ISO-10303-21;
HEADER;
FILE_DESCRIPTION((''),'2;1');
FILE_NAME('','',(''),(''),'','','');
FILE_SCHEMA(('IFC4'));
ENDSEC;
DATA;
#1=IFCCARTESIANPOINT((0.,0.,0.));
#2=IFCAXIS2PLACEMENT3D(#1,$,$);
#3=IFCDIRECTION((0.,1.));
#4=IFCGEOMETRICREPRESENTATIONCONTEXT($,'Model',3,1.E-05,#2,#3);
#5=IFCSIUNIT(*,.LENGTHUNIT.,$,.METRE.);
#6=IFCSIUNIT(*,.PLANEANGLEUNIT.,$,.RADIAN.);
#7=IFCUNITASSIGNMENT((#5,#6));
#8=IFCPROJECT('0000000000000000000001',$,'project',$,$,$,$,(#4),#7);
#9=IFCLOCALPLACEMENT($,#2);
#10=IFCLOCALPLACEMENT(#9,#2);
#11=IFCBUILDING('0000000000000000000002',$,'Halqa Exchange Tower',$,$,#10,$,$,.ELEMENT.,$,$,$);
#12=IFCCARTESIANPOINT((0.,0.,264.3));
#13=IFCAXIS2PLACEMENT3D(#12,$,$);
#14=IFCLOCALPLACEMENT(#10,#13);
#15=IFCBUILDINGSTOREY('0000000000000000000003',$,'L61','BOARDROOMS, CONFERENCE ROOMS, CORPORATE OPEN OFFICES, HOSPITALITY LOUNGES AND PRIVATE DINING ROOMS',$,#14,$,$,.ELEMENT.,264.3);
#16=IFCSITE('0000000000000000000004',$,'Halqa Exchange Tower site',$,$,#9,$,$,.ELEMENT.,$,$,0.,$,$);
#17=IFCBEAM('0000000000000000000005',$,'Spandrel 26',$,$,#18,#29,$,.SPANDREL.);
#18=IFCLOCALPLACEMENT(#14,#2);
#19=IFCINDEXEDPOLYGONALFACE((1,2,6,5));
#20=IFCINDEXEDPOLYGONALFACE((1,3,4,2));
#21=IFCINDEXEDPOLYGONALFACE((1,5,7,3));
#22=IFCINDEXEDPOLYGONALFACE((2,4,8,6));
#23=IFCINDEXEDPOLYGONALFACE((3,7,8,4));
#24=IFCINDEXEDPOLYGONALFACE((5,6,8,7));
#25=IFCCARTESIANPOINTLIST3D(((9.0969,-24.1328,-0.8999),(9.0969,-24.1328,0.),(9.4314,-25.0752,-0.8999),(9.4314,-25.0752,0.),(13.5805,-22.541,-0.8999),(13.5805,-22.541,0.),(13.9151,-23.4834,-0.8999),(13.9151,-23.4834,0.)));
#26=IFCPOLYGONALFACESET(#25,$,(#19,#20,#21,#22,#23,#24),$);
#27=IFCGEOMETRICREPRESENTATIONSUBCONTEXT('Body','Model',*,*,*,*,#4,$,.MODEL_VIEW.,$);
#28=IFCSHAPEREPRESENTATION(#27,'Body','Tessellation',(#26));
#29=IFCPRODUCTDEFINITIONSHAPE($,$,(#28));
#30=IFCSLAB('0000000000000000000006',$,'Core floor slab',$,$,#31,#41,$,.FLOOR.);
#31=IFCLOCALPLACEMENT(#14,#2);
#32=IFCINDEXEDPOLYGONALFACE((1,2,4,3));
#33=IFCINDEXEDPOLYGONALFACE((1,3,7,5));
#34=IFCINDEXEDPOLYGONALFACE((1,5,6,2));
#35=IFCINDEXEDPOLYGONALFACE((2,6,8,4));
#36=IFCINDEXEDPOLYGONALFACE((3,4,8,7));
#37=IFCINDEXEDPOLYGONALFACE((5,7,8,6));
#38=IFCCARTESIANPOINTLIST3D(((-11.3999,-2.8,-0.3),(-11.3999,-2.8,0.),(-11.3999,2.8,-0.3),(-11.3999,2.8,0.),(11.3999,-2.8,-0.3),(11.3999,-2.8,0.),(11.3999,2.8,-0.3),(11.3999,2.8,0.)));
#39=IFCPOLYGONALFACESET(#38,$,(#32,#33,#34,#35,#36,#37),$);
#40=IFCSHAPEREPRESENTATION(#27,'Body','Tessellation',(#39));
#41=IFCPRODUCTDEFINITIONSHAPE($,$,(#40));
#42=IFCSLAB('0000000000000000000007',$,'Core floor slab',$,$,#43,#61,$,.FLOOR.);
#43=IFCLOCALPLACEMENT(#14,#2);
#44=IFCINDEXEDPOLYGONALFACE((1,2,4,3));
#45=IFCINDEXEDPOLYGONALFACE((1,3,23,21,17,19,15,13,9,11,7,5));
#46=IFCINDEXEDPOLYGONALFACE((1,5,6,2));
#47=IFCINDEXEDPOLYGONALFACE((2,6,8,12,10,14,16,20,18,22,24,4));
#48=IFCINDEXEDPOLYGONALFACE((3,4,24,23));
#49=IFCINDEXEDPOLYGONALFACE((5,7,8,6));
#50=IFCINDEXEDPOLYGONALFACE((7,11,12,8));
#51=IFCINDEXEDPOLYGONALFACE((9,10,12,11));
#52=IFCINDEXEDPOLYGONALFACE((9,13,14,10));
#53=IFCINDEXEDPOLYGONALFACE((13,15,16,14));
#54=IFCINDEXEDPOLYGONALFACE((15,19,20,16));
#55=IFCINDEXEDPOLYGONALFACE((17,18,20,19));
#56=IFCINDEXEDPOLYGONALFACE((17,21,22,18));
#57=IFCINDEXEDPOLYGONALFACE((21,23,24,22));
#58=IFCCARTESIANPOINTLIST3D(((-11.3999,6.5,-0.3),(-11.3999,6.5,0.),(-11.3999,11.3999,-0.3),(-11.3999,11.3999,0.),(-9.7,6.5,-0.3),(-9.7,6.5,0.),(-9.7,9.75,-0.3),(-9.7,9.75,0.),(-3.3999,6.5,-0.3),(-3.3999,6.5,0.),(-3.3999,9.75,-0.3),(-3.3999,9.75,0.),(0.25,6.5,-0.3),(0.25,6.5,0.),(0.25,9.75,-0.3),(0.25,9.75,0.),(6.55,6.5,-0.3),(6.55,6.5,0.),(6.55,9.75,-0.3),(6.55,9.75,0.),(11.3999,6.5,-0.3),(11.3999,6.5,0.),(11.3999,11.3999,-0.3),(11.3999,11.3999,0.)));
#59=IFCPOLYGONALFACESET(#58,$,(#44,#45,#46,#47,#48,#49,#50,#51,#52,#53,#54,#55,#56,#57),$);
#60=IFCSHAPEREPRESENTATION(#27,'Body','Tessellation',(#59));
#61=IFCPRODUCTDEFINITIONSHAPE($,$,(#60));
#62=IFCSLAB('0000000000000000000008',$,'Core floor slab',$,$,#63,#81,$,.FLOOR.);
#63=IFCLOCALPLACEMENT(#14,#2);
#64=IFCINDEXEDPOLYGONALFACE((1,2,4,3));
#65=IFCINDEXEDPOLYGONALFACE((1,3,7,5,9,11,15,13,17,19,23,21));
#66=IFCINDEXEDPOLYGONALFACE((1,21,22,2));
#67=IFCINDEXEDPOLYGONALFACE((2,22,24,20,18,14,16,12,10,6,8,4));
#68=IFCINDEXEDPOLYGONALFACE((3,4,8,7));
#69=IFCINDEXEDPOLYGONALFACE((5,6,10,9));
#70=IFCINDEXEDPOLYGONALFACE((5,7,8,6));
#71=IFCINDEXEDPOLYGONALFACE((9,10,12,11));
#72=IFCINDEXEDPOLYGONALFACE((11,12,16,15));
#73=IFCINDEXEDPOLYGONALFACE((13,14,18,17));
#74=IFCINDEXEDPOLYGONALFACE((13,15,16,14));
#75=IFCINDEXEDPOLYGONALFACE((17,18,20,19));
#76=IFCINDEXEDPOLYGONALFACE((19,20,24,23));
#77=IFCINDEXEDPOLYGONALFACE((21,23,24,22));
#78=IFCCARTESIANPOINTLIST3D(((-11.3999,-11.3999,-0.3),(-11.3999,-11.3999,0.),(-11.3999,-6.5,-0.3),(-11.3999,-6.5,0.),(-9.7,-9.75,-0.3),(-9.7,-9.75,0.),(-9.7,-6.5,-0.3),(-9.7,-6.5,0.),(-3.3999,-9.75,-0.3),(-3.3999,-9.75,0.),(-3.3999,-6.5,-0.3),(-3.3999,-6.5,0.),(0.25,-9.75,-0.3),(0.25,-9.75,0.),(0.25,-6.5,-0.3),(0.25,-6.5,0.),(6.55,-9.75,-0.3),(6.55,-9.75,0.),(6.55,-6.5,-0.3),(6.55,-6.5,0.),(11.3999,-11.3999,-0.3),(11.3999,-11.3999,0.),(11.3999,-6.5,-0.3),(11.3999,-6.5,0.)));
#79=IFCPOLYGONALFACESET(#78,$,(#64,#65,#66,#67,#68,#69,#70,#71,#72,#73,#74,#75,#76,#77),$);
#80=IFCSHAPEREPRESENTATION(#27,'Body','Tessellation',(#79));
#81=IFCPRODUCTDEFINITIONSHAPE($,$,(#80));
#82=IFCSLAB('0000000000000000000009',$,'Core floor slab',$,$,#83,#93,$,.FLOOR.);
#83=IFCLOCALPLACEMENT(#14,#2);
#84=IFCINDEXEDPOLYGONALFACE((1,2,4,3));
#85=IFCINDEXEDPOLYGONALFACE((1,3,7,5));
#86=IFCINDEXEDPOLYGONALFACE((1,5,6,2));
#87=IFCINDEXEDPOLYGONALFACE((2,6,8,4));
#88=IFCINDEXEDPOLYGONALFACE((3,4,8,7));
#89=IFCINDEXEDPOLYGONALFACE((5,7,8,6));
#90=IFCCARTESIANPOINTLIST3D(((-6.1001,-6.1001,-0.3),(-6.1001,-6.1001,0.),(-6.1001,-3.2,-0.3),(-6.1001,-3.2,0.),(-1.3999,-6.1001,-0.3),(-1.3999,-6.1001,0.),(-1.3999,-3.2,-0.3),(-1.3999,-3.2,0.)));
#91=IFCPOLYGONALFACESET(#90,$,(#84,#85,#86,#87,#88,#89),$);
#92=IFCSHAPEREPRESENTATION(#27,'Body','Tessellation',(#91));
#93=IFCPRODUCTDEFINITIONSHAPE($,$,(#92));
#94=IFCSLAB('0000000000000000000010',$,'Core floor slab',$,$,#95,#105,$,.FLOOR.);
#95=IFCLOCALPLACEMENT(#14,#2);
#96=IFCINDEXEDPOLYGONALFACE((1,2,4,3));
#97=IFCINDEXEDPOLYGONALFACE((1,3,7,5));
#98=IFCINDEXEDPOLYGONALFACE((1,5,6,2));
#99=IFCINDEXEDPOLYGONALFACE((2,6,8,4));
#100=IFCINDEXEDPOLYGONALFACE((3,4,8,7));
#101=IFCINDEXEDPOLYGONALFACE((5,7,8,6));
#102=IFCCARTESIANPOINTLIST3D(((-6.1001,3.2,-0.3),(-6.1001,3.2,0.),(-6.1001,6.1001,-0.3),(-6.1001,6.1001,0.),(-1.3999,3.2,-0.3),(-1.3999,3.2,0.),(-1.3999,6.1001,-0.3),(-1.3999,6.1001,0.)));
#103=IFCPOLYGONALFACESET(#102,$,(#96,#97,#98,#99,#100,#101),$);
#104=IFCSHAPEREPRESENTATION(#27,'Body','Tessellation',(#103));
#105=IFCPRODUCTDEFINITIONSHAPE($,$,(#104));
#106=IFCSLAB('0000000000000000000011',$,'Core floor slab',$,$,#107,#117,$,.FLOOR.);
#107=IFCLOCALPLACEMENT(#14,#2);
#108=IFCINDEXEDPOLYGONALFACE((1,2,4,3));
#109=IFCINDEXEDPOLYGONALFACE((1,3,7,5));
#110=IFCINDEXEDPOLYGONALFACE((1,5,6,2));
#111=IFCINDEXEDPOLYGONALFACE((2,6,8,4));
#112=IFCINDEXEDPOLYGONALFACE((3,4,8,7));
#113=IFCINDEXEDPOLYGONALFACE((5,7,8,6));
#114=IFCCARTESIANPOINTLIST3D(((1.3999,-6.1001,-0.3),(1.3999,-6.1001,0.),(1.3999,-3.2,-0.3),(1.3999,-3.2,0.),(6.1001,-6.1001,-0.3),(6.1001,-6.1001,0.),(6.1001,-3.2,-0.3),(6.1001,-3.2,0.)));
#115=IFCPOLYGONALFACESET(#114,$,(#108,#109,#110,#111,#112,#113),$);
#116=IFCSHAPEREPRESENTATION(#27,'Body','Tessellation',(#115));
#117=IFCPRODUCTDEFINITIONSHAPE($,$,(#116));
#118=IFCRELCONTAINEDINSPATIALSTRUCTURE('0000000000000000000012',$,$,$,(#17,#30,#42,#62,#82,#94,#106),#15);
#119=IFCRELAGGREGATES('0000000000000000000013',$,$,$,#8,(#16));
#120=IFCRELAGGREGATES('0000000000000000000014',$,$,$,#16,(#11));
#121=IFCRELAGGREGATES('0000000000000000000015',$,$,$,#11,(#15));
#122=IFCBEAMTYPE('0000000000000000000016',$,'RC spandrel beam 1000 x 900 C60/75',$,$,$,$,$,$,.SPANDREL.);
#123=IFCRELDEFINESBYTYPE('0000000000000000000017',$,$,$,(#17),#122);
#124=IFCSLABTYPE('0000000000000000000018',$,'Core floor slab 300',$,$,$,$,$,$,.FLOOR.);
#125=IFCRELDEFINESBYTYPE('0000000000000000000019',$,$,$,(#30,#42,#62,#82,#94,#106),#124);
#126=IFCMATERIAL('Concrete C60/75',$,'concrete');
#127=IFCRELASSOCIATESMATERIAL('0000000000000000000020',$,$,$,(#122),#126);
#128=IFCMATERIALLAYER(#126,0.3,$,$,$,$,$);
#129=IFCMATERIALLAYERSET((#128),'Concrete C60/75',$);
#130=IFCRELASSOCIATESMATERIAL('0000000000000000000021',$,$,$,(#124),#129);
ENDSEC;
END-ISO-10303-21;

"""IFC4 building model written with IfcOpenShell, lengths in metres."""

from ifc_helpers import new_model, si_unit, direction, frame, origin, origin_2d, place, context, subcontext, project, spatial, polyline, rectangle, outline, extrude, material, layer, layer_set, material_profile, profile_set, type_object, element, save


model = new_model("IFC4")

# Units and contexts
model_context = context("Model", 3, precision=1e-05, world=origin(), true_north=direction((0.0, 1.0)))
body_context = subcontext(model_context, "Body", "Model", "MODEL_VIEW")
ifc_project = project(units=[si_unit("LENGTHUNIT", "METRE"), si_unit("PLANEANGLEUNIT", "RADIAN")], contexts=[model_context])

# Site, building, storey
site_placement = place(None, origin())
site = spatial("IfcSite", under=ifc_project, at=site_placement, Name="Halqa Exchange Tower site", CompositionType="ELEMENT", RefElevation=0.0)
building_placement = place(site_placement, origin())
building = spatial("IfcBuilding", under=site, at=building_placement, Name="Halqa Exchange Tower", CompositionType="ELEMENT")
storey_placement = place(building_placement, frame((0.0, 0.0, 264.3)))
storey = spatial("IfcBuildingStorey", under=building, at=storey_placement, Name="L61", Description="BOARDROOMS, CONFERENCE ROOMS, CORPORATE OPEN OFFICES, HOSPITALITY LOUNGES AND PRIVATE DINING ROOMS", CompositionType="ELEMENT", Elevation=264.3)

# Shared definitions
ifc_material_1 = material(Name="Concrete C60/75", Category="concrete")

# Beam
ifc_material_profile_1 = material_profile(ifc_material_1, rectangle(XDim=1.0, YDim=0.8999, at=origin_2d()), Name="1000 x 900")
ifc_profile_set_1 = profile_set([ifc_material_profile_1], Name="Concrete C60/75")
beam_type_1 = type_object("IfcBeamType", Name="RC spandrel beam 1000 x 900 C60/75", PredefinedType="SPANDREL", material=ifc_profile_set_1)
beam_1_placement = place(storey_placement, frame((9.2642, -24.604, -0.45), z_axis=(0.942373, 0.334564, 0.0), x_axis=(-0.334564, 0.942373, 0.0)))
element("IfcBeam", 1, at=beam_1_placement, inside=storey, type_object=beam_type_1, Name="Spandrel 26", PredefinedType="SPANDREL", context=body_context, shape_type="SweptSolid", body=[
    extrude(rectangle(XDim=1.0, YDim=0.8999, at=origin_2d()), origin(), (0.0, 0.0, 1.0), 4.7578),
])

# Slabs
ifc_layer_1 = layer(ifc_material_1, 0.3)
ifc_layer_set_1 = layer_set([ifc_layer_1], Name="Concrete C60/75")
slab_type_1 = type_object("IfcSlabType", Name="Core floor slab 300", PredefinedType="FLOOR", material=ifc_layer_set_1)
slab_1_placement = place(storey_placement, frame((0.0, 0.0, -0.3)))
element("IfcSlab", 2, at=slab_1_placement, inside=storey, type_object=slab_type_1, Name="Core floor slab", PredefinedType="FLOOR", context=body_context, shape_type="SweptSolid", body=[
    extrude(outline(polyline([(-11.3999, 2.8), (11.3999, 2.8), (11.3999, -2.8), (-11.3999, -2.8), (-11.3999, 2.8)])), origin(), (0.0, 0.0, 1.0), 0.3),
])
slab_2_placement = place(storey_placement, frame((0.0, 0.0, -0.3)))
element("IfcSlab", 3, at=slab_2_placement, inside=storey, type_object=slab_type_1, Name="Core floor slab", PredefinedType="FLOOR", context=body_context, shape_type="SweptSolid", body=[
    extrude(outline(polyline([(-11.3999, 11.3999), (11.3999, 11.3999), (11.3999, 6.5), (6.55, 6.5), (6.55, 9.75), (0.25, 9.75), (0.25, 6.5), (-3.3999, 6.5), (-3.3999, 9.75), (-9.7, 9.75), (-9.7, 6.5), (-11.3999, 6.5), (-11.3999, 11.3999)])), origin(), (0.0, 0.0, 1.0), 0.3),
])
slab_3_placement = place(storey_placement, frame((0.0, 0.0, -0.3)))
element("IfcSlab", 4, at=slab_3_placement, inside=storey, type_object=slab_type_1, Name="Core floor slab", PredefinedType="FLOOR", context=body_context, shape_type="SweptSolid", body=[
    extrude(outline(polyline([(-11.3999, -6.5), (-9.7, -6.5), (-9.7, -9.75), (-3.3999, -9.75), (-3.3999, -6.5), (0.25, -6.5), (0.25, -9.75), (6.55, -9.75), (6.55, -6.5), (11.3999, -6.5), (11.3999, -11.3999), (-11.3999, -11.3999), (-11.3999, -6.5)])), origin(), (0.0, 0.0, 1.0), 0.3),
])
slab_4_placement = place(storey_placement, frame((0.0, 0.0, -0.3)))
element("IfcSlab", 5, at=slab_4_placement, inside=storey, type_object=slab_type_1, Name="Core floor slab", PredefinedType="FLOOR", context=body_context, shape_type="SweptSolid", body=[
    extrude(outline(polyline([(-1.3999, -3.2), (-1.3999, -6.1001), (-6.1001, -6.1001), (-6.1001, -3.2), (-1.3999, -3.2)])), origin(), (0.0, 0.0, 1.0), 0.3),
])
slab_5_placement = place(storey_placement, frame((0.0, 0.0, -0.3)))
element("IfcSlab", 6, at=slab_5_placement, inside=storey, type_object=slab_type_1, Name="Core floor slab", PredefinedType="FLOOR", context=body_context, shape_type="SweptSolid", body=[
    extrude(outline(polyline([(-1.3999, 3.2), (-6.1001, 3.2), (-6.1001, 6.1001), (-1.3999, 6.1001), (-1.3999, 3.2)])), origin(), (0.0, 0.0, 1.0), 0.3),
])
slab_6_placement = place(storey_placement, frame((0.0, 0.0, -0.3)))
element("IfcSlab", 7, at=slab_6_placement, inside=storey, type_object=slab_type_1, Name="Core floor slab", PredefinedType="FLOOR", context=body_context, shape_type="SweptSolid", body=[
    extrude(outline(polyline([(6.1001, -3.2), (6.1001, -6.1001), (1.3999, -6.1001), (1.3999, -3.2), (6.1001, -3.2)])), origin(), (0.0, 0.0, 1.0), 0.3),
])

save(model, "model.ifc")
